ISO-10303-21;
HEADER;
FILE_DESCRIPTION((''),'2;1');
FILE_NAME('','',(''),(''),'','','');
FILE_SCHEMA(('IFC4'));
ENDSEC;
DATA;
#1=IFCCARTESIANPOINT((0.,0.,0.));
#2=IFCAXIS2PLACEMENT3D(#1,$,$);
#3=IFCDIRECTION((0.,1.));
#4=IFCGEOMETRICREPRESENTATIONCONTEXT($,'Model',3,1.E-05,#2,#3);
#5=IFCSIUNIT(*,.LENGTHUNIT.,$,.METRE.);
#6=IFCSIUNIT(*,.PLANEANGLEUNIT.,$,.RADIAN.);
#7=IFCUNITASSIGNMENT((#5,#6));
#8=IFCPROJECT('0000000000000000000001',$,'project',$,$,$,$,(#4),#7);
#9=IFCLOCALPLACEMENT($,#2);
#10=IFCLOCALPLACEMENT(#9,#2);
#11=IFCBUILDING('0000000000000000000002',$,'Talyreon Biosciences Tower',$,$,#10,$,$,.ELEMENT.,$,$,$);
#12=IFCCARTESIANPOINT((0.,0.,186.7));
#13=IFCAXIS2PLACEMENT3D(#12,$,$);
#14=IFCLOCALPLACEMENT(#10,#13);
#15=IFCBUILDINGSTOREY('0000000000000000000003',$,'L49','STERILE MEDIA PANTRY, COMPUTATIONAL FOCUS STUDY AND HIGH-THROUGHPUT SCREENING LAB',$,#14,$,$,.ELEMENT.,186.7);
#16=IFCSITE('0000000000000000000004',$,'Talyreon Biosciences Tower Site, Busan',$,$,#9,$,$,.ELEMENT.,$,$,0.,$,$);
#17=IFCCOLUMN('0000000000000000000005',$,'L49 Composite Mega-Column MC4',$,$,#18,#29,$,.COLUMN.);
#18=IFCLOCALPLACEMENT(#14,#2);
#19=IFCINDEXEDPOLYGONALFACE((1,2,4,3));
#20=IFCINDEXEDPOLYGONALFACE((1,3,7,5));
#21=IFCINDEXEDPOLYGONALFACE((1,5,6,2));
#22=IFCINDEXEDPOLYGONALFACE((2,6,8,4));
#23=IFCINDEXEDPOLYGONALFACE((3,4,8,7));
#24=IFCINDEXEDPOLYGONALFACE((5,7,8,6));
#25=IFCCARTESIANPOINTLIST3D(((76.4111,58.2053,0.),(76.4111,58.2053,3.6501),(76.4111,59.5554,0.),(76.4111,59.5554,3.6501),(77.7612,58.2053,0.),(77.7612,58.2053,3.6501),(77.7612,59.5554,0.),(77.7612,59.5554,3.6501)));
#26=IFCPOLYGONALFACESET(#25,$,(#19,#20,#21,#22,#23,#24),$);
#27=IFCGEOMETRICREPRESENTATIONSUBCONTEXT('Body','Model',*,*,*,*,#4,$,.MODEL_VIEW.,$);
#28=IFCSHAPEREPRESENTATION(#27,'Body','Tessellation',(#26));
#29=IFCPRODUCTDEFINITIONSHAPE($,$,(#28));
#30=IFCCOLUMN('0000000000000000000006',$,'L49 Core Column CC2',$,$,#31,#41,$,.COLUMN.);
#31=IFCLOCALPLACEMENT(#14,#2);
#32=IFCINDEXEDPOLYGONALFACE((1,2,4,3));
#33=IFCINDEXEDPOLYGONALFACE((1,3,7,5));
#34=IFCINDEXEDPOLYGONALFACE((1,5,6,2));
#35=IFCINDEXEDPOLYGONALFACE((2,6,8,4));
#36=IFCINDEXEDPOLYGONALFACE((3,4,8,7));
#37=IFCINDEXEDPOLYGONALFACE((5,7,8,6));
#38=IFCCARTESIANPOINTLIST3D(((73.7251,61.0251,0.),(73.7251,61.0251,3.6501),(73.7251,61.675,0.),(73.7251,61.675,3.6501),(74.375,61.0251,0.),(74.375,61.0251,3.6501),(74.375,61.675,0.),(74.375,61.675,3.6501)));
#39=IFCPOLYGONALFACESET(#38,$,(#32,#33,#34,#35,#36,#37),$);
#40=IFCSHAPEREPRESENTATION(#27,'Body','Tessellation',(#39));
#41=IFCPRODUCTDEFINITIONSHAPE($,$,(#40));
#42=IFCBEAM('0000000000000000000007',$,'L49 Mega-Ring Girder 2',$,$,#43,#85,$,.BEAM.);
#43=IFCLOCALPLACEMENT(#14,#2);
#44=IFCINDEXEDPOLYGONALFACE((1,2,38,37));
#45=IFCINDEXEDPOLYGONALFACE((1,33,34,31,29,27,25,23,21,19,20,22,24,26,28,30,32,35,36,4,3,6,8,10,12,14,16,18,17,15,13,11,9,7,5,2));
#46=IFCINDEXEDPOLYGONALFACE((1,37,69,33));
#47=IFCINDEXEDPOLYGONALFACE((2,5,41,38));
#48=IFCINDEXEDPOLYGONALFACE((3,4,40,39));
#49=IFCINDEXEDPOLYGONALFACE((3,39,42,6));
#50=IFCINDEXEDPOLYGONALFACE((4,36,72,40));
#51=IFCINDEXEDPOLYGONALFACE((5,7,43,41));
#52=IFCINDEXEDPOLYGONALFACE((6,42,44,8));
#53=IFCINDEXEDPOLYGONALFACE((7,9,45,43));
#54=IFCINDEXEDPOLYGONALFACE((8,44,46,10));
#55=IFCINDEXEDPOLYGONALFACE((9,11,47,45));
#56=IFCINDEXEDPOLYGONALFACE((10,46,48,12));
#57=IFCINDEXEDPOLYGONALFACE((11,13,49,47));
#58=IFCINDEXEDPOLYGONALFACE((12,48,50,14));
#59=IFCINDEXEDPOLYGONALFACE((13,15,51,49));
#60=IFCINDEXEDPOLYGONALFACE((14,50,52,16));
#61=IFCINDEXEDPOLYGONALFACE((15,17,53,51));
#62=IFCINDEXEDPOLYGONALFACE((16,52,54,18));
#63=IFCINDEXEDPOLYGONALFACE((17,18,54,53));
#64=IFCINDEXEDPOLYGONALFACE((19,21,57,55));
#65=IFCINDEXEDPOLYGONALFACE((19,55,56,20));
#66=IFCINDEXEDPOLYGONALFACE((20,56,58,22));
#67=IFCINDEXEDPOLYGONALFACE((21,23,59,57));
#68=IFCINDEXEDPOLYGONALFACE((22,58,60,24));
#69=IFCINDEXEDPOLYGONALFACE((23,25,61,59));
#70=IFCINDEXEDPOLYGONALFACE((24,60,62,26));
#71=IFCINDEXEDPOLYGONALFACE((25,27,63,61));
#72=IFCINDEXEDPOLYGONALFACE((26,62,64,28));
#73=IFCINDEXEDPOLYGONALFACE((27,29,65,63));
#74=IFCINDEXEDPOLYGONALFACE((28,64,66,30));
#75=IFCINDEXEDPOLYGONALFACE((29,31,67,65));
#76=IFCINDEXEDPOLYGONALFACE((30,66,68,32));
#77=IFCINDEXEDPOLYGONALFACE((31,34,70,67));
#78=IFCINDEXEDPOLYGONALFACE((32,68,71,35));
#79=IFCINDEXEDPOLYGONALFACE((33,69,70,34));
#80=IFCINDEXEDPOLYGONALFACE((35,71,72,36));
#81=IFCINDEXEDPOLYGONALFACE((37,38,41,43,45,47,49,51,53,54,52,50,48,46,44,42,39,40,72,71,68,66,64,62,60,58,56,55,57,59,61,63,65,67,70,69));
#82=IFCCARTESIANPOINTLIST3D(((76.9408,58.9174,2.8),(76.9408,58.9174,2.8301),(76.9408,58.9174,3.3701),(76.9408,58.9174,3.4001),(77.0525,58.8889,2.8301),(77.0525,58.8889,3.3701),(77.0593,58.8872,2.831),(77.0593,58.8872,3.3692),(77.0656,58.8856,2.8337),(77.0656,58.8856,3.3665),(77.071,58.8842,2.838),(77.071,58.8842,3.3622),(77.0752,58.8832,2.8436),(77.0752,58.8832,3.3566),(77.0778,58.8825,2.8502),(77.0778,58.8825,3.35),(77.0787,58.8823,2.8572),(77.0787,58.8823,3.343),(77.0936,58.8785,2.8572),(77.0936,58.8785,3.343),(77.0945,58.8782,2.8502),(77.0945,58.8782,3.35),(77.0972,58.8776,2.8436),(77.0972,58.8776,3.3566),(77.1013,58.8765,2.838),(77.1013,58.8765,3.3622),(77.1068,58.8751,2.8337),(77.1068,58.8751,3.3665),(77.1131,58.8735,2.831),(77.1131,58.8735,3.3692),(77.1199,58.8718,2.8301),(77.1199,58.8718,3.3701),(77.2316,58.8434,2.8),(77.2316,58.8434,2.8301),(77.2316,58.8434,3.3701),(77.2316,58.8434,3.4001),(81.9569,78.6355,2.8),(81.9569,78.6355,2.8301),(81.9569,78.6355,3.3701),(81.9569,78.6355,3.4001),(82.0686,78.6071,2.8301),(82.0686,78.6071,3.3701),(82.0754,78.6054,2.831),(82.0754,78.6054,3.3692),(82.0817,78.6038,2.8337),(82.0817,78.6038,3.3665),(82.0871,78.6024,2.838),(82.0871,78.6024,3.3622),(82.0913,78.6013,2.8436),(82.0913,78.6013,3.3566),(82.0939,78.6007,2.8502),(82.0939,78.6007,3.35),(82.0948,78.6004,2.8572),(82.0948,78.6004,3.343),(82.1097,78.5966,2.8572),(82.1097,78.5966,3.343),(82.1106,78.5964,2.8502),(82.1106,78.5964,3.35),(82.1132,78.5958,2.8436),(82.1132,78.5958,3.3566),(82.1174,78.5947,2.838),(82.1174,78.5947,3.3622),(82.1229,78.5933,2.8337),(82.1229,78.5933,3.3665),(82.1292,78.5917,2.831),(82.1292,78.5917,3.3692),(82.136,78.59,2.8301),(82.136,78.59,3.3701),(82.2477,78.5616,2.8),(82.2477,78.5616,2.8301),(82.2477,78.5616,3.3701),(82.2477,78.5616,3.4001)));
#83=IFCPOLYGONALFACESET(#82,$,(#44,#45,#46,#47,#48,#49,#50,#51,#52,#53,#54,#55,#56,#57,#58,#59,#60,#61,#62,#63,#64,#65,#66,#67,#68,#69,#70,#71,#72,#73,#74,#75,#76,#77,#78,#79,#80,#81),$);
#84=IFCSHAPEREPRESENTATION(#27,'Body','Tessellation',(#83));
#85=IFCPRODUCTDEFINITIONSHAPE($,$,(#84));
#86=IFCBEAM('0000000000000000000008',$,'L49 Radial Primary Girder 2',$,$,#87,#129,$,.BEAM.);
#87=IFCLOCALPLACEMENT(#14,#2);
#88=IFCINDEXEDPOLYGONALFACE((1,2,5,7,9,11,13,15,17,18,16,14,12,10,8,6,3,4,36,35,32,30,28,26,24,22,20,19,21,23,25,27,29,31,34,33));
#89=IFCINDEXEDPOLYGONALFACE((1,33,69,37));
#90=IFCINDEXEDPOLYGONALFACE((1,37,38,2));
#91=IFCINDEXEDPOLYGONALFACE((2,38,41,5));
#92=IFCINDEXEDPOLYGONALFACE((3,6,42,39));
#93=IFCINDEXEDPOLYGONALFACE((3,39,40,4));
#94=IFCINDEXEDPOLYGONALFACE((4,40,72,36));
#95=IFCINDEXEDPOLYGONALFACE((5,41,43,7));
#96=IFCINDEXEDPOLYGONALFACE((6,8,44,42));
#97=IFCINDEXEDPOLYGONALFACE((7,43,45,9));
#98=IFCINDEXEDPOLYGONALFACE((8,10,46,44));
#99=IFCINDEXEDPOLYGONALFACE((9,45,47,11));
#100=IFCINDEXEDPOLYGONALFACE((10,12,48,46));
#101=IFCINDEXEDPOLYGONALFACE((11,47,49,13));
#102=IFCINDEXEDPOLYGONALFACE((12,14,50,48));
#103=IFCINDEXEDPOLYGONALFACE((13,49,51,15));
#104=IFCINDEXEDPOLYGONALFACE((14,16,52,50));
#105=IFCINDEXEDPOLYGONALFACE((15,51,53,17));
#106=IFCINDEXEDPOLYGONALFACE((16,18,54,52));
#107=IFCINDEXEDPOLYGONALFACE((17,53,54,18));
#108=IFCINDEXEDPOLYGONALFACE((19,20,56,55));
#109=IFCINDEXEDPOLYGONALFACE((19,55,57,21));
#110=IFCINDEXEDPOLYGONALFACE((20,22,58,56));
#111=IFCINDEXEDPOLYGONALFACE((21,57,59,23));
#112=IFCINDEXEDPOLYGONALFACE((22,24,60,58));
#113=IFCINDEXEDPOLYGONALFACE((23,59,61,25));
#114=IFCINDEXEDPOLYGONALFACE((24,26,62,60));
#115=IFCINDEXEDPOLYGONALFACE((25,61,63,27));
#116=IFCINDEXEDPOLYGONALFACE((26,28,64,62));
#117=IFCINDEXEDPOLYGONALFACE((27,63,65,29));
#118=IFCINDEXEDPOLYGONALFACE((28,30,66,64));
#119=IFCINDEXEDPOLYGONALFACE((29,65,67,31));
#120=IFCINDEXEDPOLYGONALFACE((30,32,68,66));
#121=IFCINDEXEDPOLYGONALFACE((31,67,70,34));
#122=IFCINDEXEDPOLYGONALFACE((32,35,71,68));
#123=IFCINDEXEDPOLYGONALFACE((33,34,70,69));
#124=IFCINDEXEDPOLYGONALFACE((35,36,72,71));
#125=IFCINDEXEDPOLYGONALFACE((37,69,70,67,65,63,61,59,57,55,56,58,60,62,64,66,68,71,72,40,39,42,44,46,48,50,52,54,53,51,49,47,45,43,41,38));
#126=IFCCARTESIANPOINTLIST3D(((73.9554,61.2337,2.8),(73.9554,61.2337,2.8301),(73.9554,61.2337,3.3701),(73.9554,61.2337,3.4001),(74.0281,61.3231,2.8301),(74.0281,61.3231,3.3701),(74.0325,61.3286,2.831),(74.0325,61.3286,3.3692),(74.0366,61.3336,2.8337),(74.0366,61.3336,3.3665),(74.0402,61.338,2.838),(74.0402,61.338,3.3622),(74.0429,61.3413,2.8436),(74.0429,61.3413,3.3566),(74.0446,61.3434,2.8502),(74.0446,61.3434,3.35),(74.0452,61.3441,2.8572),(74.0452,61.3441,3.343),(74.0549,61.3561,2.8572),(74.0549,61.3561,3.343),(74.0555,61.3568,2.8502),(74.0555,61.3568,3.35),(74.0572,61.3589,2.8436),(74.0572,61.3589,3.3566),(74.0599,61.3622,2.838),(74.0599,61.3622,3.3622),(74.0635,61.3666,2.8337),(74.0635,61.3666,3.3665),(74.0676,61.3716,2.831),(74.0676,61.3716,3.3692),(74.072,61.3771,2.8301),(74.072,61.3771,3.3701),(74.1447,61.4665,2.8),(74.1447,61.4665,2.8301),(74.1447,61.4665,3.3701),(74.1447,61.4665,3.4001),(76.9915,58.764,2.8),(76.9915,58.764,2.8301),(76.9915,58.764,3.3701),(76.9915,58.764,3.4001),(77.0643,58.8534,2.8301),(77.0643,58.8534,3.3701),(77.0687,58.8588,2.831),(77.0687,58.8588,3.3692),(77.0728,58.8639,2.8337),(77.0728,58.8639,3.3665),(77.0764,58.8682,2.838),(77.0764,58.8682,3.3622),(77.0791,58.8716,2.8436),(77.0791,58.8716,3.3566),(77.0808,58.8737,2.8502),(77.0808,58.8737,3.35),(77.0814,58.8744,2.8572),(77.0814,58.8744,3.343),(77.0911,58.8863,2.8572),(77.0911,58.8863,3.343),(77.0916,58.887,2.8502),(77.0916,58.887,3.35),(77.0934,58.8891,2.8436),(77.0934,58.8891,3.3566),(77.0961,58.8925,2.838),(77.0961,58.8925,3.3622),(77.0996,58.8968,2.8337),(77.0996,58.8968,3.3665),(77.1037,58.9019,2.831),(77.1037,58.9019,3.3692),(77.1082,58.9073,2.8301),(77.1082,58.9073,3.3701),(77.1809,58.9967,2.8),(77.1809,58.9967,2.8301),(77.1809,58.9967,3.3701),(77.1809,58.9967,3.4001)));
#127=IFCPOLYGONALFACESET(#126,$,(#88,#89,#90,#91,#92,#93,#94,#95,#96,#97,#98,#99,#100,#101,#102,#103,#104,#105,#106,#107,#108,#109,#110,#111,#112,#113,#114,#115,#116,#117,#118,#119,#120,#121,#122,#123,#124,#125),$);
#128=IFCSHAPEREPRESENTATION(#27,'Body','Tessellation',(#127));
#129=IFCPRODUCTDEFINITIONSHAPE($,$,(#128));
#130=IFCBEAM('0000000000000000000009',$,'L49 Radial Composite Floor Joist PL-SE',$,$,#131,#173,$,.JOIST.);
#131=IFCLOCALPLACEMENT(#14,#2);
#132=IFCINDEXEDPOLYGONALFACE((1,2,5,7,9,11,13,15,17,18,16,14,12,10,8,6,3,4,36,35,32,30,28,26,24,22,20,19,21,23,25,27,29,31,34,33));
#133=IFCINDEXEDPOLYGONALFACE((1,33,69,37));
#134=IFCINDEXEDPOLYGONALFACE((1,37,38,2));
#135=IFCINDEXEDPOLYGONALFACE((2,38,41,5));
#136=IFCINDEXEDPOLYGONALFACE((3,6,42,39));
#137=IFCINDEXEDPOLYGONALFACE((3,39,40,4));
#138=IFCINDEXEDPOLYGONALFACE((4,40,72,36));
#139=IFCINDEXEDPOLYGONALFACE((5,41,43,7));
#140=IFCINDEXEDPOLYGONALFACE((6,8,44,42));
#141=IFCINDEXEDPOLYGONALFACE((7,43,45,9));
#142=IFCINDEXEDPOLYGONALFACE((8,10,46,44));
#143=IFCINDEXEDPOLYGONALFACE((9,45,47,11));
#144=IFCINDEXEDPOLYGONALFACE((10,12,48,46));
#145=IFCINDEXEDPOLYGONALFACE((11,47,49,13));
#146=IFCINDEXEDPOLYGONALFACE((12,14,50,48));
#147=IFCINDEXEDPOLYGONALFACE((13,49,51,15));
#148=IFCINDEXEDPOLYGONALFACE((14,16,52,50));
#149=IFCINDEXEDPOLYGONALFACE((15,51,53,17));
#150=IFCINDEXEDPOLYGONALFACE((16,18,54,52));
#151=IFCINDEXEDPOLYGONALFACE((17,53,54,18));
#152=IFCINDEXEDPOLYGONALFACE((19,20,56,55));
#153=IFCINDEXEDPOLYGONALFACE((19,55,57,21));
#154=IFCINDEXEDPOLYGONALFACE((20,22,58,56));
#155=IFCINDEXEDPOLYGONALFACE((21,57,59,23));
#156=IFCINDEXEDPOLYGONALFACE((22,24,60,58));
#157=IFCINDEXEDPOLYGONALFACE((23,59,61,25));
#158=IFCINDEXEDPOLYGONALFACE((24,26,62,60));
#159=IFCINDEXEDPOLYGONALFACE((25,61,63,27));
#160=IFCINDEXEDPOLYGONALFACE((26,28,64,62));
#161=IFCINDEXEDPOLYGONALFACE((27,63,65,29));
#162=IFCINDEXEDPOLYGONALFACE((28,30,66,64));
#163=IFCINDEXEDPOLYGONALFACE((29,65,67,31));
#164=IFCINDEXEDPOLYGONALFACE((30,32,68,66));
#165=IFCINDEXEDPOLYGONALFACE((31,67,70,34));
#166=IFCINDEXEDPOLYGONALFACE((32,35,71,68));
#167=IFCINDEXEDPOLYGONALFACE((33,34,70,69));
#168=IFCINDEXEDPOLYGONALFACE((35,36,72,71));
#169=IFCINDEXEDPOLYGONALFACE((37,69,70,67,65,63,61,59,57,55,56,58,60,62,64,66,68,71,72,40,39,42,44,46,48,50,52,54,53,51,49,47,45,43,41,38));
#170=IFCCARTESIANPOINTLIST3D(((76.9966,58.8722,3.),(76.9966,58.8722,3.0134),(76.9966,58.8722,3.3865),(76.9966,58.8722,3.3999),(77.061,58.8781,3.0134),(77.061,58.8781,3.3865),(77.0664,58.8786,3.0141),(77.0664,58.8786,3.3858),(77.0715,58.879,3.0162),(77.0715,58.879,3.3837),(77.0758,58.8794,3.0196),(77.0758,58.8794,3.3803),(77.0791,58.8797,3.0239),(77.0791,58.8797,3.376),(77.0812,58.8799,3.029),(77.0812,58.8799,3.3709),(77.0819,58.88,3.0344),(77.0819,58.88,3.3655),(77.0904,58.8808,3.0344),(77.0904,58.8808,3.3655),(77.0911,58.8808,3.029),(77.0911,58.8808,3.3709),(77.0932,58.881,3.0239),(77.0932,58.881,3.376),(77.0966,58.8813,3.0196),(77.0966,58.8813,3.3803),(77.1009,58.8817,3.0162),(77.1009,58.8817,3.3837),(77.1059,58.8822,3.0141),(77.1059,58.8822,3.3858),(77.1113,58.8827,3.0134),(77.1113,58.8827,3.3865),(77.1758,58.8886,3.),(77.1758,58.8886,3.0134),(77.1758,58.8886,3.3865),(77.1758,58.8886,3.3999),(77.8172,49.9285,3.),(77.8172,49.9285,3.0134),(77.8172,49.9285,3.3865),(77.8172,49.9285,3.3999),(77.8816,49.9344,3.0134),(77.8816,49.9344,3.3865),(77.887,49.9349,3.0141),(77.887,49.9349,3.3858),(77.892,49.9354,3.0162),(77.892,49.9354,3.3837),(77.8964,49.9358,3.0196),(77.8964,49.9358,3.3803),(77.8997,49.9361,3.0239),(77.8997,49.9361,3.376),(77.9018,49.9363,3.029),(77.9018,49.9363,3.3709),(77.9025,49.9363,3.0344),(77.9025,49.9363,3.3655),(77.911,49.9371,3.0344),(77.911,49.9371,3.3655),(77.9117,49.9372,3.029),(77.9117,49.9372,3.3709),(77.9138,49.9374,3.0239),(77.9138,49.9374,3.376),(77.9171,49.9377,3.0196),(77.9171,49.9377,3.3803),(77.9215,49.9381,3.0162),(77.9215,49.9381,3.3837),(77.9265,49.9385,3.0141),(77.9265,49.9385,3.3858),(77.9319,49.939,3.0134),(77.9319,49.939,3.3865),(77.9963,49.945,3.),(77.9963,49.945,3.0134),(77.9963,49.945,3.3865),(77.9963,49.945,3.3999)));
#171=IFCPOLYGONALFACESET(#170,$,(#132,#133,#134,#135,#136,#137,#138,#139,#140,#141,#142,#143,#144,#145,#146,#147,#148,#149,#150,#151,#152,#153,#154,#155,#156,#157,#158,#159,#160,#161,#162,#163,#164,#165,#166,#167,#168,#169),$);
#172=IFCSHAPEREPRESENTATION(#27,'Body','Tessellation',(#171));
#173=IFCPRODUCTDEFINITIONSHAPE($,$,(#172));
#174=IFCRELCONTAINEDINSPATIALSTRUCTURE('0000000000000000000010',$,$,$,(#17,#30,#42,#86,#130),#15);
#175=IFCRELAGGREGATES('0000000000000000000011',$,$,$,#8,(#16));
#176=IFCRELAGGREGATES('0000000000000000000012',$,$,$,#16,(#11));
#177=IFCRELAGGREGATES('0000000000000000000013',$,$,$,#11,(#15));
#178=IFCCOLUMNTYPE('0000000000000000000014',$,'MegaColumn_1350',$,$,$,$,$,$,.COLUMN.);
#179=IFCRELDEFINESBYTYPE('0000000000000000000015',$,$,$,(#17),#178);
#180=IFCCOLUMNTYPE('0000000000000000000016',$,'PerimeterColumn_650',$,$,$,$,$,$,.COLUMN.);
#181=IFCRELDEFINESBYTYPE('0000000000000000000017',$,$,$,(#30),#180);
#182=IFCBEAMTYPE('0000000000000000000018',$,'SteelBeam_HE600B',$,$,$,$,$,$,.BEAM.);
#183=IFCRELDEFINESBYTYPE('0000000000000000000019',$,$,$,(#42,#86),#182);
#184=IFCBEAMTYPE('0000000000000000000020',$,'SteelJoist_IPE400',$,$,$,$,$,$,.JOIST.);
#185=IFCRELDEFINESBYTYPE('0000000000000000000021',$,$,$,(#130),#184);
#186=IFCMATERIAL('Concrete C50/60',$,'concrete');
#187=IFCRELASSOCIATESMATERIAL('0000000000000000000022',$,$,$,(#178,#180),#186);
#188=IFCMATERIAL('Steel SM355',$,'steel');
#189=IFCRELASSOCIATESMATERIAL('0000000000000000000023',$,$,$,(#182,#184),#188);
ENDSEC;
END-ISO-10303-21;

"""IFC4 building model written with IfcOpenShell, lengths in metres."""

from ifc_helpers import new_model, si_unit, direction, frame, origin, origin_2d, place, context, subcontext, project, spatial, rectangle, i_section, extrude, material, material_profile, profile_set, type_object, element, save


model = new_model("IFC4")

# Units and contexts
model_context = context("Model", 3, precision=1e-05, world=origin(), true_north=direction((0.0, 1.0)))
body_context = subcontext(model_context, "Body", "Model", "MODEL_VIEW")
ifc_project = project(units=[si_unit("LENGTHUNIT", "METRE"), si_unit("PLANEANGLEUNIT", "RADIAN")], contexts=[model_context])

# Site, building, storey
site_placement = place(None, origin())
site = spatial("IfcSite", under=ifc_project, at=site_placement, Name="Talyreon Biosciences Tower Site, Busan", CompositionType="ELEMENT", RefElevation=0.0)
building_placement = place(site_placement, origin())
building = spatial("IfcBuilding", under=site, at=building_placement, Name="Talyreon Biosciences Tower", CompositionType="ELEMENT")
storey_placement = place(building_placement, frame((0.0, 0.0, 186.7)))
storey = spatial("IfcBuildingStorey", under=building, at=storey_placement, Name="L49", Description="STERILE MEDIA PANTRY, COMPUTATIONAL FOCUS STUDY AND HIGH-THROUGHPUT SCREENING LAB", CompositionType="ELEMENT", Elevation=186.7)

# Columns
ifc_material_1 = material(Name="Concrete C50/60", Category="concrete")
ifc_material_profile_1 = material_profile(ifc_material_1, rectangle(XDim=1.3501, YDim=1.3501, at=origin_2d()), Name="RC 1350x1350")
ifc_profile_set_1 = profile_set([ifc_material_profile_1], Name="Concrete C50/60")
column_type_1 = type_object("IfcColumnType", Name="MegaColumn_1350", PredefinedType="COLUMN", material=ifc_profile_set_1)
column_1_placement = place(storey_placement, frame((77.0862, 58.8804, 0.0), z_axis=(0.0, 0.0, 1.0), x_axis=(1.0, 0.0, 0.0)))
element("IfcColumn", 1, at=column_1_placement, inside=storey, type_object=column_type_1, Name="L49 Composite Mega-Column MC4", PredefinedType="COLUMN", context=body_context, shape_type="SweptSolid", body=[
    extrude(rectangle(XDim=1.3501, YDim=1.3501, at=origin_2d()), origin(), (0.0, 0.0, 1.0), 3.6501),
])
ifc_material_profile_2 = material_profile(ifc_material_1, rectangle(XDim=0.6499, YDim=0.6499, at=origin_2d()), Name="RC 650x650")
ifc_profile_set_2 = profile_set([ifc_material_profile_2], Name="Concrete C50/60")
column_type_2 = type_object("IfcColumnType", Name="PerimeterColumn_650", PredefinedType="COLUMN", material=ifc_profile_set_2)
column_2_placement = place(storey_placement, frame((74.05, 61.3501, 0.0), z_axis=(0.0, 0.0, 1.0), x_axis=(1.0, 0.0, 0.0)))
element("IfcColumn", 2, at=column_2_placement, inside=storey, type_object=column_type_2, Name="L49 Core Column CC2", PredefinedType="COLUMN", context=body_context, shape_type="SweptSolid", body=[
    extrude(rectangle(XDim=0.6499, YDim=0.6499, at=origin_2d()), origin(), (0.0, 0.0, 1.0), 3.6501),
])

# Beams
ifc_material_2 = material(Name="Steel SM355", Category="steel")
ifc_material_profile_3 = material_profile(ifc_material_2, i_section(OverallWidth=0.3, OverallDepth=0.6001, WebThickness=0.0154, FlangeThickness=0.03, FilletRadius=0.0271, at=origin_2d()), Name="HE600B")
ifc_profile_set_3 = profile_set([ifc_material_profile_3], Name="Steel SM355")
beam_type_1 = type_object("IfcBeamType", Name="SteelBeam_HE600B", PredefinedType="BEAM", material=ifc_profile_set_3)
beam_1_placement = place(storey_placement, frame((77.0862, 58.8804, 3.1001), z_axis=(0.246537, 0.969133, 0.0), x_axis=(-0.969133, 0.246537, 0.0)))
element("IfcBeam", 3, at=beam_1_placement, inside=storey, type_object=beam_type_1, Name="L49 Mega-Ring Girder 2", PredefinedType="BEAM", context=body_context, shape_type="SweptSolid", body=[
    extrude(i_section(OverallWidth=0.3, OverallDepth=0.6001, WebThickness=0.0154, FlangeThickness=0.03, FilletRadius=0.0271, at=origin_2d()), origin(), (0.0, 0.0, 1.0), 20.3462),
])
beam_2_placement = place(storey_placement, frame((74.05, 61.3501, 3.1001), z_axis=(0.775755, -0.631034, 0.0), x_axis=(0.631034, 0.775755, 0.0)))
element("IfcBeam", 4, at=beam_2_placement, inside=storey, type_object=beam_type_1, Name="L49 Radial Primary Girder 2", PredefinedType="BEAM", context=body_context, shape_type="SweptSolid", body=[
    extrude(i_section(OverallWidth=0.3, OverallDepth=0.6001, WebThickness=0.0154, FlangeThickness=0.03, FilletRadius=0.0271, at=origin_2d()), origin(), (0.0, 0.0, 1.0), 3.9138),
])
ifc_material_profile_4 = material_profile(ifc_material_2, i_section(OverallWidth=0.1799, OverallDepth=0.3999, WebThickness=0.0085, FlangeThickness=0.0134, FilletRadius=0.021, at=origin_2d()), Name="IPE400")
ifc_profile_set_4 = profile_set([ifc_material_profile_4], Name="Steel SM355")
beam_type_2 = type_object("IfcBeamType", Name="SteelJoist_IPE400", PredefinedType="JOIST", material=ifc_profile_set_4)
beam_3_placement = place(storey_placement, frame((77.0862, 58.8804, 3.2), z_axis=(0.091364, -0.995818, 0.0), x_axis=(0.995818, 0.091364, 0.0)))
element("IfcBeam", 5, at=beam_3_placement, inside=storey, type_object=beam_type_2, Name="L49 Radial Composite Floor Joist PL-SE", PredefinedType="JOIST", context=body_context, shape_type="SweptSolid", body=[
    extrude(i_section(OverallWidth=0.1799, OverallDepth=0.3999, WebThickness=0.0085, FlangeThickness=0.0134, FilletRadius=0.021, at=origin_2d()), origin(), (0.0, 0.0, 1.0), 8.9812),
])

save(model, "model.ifc")
